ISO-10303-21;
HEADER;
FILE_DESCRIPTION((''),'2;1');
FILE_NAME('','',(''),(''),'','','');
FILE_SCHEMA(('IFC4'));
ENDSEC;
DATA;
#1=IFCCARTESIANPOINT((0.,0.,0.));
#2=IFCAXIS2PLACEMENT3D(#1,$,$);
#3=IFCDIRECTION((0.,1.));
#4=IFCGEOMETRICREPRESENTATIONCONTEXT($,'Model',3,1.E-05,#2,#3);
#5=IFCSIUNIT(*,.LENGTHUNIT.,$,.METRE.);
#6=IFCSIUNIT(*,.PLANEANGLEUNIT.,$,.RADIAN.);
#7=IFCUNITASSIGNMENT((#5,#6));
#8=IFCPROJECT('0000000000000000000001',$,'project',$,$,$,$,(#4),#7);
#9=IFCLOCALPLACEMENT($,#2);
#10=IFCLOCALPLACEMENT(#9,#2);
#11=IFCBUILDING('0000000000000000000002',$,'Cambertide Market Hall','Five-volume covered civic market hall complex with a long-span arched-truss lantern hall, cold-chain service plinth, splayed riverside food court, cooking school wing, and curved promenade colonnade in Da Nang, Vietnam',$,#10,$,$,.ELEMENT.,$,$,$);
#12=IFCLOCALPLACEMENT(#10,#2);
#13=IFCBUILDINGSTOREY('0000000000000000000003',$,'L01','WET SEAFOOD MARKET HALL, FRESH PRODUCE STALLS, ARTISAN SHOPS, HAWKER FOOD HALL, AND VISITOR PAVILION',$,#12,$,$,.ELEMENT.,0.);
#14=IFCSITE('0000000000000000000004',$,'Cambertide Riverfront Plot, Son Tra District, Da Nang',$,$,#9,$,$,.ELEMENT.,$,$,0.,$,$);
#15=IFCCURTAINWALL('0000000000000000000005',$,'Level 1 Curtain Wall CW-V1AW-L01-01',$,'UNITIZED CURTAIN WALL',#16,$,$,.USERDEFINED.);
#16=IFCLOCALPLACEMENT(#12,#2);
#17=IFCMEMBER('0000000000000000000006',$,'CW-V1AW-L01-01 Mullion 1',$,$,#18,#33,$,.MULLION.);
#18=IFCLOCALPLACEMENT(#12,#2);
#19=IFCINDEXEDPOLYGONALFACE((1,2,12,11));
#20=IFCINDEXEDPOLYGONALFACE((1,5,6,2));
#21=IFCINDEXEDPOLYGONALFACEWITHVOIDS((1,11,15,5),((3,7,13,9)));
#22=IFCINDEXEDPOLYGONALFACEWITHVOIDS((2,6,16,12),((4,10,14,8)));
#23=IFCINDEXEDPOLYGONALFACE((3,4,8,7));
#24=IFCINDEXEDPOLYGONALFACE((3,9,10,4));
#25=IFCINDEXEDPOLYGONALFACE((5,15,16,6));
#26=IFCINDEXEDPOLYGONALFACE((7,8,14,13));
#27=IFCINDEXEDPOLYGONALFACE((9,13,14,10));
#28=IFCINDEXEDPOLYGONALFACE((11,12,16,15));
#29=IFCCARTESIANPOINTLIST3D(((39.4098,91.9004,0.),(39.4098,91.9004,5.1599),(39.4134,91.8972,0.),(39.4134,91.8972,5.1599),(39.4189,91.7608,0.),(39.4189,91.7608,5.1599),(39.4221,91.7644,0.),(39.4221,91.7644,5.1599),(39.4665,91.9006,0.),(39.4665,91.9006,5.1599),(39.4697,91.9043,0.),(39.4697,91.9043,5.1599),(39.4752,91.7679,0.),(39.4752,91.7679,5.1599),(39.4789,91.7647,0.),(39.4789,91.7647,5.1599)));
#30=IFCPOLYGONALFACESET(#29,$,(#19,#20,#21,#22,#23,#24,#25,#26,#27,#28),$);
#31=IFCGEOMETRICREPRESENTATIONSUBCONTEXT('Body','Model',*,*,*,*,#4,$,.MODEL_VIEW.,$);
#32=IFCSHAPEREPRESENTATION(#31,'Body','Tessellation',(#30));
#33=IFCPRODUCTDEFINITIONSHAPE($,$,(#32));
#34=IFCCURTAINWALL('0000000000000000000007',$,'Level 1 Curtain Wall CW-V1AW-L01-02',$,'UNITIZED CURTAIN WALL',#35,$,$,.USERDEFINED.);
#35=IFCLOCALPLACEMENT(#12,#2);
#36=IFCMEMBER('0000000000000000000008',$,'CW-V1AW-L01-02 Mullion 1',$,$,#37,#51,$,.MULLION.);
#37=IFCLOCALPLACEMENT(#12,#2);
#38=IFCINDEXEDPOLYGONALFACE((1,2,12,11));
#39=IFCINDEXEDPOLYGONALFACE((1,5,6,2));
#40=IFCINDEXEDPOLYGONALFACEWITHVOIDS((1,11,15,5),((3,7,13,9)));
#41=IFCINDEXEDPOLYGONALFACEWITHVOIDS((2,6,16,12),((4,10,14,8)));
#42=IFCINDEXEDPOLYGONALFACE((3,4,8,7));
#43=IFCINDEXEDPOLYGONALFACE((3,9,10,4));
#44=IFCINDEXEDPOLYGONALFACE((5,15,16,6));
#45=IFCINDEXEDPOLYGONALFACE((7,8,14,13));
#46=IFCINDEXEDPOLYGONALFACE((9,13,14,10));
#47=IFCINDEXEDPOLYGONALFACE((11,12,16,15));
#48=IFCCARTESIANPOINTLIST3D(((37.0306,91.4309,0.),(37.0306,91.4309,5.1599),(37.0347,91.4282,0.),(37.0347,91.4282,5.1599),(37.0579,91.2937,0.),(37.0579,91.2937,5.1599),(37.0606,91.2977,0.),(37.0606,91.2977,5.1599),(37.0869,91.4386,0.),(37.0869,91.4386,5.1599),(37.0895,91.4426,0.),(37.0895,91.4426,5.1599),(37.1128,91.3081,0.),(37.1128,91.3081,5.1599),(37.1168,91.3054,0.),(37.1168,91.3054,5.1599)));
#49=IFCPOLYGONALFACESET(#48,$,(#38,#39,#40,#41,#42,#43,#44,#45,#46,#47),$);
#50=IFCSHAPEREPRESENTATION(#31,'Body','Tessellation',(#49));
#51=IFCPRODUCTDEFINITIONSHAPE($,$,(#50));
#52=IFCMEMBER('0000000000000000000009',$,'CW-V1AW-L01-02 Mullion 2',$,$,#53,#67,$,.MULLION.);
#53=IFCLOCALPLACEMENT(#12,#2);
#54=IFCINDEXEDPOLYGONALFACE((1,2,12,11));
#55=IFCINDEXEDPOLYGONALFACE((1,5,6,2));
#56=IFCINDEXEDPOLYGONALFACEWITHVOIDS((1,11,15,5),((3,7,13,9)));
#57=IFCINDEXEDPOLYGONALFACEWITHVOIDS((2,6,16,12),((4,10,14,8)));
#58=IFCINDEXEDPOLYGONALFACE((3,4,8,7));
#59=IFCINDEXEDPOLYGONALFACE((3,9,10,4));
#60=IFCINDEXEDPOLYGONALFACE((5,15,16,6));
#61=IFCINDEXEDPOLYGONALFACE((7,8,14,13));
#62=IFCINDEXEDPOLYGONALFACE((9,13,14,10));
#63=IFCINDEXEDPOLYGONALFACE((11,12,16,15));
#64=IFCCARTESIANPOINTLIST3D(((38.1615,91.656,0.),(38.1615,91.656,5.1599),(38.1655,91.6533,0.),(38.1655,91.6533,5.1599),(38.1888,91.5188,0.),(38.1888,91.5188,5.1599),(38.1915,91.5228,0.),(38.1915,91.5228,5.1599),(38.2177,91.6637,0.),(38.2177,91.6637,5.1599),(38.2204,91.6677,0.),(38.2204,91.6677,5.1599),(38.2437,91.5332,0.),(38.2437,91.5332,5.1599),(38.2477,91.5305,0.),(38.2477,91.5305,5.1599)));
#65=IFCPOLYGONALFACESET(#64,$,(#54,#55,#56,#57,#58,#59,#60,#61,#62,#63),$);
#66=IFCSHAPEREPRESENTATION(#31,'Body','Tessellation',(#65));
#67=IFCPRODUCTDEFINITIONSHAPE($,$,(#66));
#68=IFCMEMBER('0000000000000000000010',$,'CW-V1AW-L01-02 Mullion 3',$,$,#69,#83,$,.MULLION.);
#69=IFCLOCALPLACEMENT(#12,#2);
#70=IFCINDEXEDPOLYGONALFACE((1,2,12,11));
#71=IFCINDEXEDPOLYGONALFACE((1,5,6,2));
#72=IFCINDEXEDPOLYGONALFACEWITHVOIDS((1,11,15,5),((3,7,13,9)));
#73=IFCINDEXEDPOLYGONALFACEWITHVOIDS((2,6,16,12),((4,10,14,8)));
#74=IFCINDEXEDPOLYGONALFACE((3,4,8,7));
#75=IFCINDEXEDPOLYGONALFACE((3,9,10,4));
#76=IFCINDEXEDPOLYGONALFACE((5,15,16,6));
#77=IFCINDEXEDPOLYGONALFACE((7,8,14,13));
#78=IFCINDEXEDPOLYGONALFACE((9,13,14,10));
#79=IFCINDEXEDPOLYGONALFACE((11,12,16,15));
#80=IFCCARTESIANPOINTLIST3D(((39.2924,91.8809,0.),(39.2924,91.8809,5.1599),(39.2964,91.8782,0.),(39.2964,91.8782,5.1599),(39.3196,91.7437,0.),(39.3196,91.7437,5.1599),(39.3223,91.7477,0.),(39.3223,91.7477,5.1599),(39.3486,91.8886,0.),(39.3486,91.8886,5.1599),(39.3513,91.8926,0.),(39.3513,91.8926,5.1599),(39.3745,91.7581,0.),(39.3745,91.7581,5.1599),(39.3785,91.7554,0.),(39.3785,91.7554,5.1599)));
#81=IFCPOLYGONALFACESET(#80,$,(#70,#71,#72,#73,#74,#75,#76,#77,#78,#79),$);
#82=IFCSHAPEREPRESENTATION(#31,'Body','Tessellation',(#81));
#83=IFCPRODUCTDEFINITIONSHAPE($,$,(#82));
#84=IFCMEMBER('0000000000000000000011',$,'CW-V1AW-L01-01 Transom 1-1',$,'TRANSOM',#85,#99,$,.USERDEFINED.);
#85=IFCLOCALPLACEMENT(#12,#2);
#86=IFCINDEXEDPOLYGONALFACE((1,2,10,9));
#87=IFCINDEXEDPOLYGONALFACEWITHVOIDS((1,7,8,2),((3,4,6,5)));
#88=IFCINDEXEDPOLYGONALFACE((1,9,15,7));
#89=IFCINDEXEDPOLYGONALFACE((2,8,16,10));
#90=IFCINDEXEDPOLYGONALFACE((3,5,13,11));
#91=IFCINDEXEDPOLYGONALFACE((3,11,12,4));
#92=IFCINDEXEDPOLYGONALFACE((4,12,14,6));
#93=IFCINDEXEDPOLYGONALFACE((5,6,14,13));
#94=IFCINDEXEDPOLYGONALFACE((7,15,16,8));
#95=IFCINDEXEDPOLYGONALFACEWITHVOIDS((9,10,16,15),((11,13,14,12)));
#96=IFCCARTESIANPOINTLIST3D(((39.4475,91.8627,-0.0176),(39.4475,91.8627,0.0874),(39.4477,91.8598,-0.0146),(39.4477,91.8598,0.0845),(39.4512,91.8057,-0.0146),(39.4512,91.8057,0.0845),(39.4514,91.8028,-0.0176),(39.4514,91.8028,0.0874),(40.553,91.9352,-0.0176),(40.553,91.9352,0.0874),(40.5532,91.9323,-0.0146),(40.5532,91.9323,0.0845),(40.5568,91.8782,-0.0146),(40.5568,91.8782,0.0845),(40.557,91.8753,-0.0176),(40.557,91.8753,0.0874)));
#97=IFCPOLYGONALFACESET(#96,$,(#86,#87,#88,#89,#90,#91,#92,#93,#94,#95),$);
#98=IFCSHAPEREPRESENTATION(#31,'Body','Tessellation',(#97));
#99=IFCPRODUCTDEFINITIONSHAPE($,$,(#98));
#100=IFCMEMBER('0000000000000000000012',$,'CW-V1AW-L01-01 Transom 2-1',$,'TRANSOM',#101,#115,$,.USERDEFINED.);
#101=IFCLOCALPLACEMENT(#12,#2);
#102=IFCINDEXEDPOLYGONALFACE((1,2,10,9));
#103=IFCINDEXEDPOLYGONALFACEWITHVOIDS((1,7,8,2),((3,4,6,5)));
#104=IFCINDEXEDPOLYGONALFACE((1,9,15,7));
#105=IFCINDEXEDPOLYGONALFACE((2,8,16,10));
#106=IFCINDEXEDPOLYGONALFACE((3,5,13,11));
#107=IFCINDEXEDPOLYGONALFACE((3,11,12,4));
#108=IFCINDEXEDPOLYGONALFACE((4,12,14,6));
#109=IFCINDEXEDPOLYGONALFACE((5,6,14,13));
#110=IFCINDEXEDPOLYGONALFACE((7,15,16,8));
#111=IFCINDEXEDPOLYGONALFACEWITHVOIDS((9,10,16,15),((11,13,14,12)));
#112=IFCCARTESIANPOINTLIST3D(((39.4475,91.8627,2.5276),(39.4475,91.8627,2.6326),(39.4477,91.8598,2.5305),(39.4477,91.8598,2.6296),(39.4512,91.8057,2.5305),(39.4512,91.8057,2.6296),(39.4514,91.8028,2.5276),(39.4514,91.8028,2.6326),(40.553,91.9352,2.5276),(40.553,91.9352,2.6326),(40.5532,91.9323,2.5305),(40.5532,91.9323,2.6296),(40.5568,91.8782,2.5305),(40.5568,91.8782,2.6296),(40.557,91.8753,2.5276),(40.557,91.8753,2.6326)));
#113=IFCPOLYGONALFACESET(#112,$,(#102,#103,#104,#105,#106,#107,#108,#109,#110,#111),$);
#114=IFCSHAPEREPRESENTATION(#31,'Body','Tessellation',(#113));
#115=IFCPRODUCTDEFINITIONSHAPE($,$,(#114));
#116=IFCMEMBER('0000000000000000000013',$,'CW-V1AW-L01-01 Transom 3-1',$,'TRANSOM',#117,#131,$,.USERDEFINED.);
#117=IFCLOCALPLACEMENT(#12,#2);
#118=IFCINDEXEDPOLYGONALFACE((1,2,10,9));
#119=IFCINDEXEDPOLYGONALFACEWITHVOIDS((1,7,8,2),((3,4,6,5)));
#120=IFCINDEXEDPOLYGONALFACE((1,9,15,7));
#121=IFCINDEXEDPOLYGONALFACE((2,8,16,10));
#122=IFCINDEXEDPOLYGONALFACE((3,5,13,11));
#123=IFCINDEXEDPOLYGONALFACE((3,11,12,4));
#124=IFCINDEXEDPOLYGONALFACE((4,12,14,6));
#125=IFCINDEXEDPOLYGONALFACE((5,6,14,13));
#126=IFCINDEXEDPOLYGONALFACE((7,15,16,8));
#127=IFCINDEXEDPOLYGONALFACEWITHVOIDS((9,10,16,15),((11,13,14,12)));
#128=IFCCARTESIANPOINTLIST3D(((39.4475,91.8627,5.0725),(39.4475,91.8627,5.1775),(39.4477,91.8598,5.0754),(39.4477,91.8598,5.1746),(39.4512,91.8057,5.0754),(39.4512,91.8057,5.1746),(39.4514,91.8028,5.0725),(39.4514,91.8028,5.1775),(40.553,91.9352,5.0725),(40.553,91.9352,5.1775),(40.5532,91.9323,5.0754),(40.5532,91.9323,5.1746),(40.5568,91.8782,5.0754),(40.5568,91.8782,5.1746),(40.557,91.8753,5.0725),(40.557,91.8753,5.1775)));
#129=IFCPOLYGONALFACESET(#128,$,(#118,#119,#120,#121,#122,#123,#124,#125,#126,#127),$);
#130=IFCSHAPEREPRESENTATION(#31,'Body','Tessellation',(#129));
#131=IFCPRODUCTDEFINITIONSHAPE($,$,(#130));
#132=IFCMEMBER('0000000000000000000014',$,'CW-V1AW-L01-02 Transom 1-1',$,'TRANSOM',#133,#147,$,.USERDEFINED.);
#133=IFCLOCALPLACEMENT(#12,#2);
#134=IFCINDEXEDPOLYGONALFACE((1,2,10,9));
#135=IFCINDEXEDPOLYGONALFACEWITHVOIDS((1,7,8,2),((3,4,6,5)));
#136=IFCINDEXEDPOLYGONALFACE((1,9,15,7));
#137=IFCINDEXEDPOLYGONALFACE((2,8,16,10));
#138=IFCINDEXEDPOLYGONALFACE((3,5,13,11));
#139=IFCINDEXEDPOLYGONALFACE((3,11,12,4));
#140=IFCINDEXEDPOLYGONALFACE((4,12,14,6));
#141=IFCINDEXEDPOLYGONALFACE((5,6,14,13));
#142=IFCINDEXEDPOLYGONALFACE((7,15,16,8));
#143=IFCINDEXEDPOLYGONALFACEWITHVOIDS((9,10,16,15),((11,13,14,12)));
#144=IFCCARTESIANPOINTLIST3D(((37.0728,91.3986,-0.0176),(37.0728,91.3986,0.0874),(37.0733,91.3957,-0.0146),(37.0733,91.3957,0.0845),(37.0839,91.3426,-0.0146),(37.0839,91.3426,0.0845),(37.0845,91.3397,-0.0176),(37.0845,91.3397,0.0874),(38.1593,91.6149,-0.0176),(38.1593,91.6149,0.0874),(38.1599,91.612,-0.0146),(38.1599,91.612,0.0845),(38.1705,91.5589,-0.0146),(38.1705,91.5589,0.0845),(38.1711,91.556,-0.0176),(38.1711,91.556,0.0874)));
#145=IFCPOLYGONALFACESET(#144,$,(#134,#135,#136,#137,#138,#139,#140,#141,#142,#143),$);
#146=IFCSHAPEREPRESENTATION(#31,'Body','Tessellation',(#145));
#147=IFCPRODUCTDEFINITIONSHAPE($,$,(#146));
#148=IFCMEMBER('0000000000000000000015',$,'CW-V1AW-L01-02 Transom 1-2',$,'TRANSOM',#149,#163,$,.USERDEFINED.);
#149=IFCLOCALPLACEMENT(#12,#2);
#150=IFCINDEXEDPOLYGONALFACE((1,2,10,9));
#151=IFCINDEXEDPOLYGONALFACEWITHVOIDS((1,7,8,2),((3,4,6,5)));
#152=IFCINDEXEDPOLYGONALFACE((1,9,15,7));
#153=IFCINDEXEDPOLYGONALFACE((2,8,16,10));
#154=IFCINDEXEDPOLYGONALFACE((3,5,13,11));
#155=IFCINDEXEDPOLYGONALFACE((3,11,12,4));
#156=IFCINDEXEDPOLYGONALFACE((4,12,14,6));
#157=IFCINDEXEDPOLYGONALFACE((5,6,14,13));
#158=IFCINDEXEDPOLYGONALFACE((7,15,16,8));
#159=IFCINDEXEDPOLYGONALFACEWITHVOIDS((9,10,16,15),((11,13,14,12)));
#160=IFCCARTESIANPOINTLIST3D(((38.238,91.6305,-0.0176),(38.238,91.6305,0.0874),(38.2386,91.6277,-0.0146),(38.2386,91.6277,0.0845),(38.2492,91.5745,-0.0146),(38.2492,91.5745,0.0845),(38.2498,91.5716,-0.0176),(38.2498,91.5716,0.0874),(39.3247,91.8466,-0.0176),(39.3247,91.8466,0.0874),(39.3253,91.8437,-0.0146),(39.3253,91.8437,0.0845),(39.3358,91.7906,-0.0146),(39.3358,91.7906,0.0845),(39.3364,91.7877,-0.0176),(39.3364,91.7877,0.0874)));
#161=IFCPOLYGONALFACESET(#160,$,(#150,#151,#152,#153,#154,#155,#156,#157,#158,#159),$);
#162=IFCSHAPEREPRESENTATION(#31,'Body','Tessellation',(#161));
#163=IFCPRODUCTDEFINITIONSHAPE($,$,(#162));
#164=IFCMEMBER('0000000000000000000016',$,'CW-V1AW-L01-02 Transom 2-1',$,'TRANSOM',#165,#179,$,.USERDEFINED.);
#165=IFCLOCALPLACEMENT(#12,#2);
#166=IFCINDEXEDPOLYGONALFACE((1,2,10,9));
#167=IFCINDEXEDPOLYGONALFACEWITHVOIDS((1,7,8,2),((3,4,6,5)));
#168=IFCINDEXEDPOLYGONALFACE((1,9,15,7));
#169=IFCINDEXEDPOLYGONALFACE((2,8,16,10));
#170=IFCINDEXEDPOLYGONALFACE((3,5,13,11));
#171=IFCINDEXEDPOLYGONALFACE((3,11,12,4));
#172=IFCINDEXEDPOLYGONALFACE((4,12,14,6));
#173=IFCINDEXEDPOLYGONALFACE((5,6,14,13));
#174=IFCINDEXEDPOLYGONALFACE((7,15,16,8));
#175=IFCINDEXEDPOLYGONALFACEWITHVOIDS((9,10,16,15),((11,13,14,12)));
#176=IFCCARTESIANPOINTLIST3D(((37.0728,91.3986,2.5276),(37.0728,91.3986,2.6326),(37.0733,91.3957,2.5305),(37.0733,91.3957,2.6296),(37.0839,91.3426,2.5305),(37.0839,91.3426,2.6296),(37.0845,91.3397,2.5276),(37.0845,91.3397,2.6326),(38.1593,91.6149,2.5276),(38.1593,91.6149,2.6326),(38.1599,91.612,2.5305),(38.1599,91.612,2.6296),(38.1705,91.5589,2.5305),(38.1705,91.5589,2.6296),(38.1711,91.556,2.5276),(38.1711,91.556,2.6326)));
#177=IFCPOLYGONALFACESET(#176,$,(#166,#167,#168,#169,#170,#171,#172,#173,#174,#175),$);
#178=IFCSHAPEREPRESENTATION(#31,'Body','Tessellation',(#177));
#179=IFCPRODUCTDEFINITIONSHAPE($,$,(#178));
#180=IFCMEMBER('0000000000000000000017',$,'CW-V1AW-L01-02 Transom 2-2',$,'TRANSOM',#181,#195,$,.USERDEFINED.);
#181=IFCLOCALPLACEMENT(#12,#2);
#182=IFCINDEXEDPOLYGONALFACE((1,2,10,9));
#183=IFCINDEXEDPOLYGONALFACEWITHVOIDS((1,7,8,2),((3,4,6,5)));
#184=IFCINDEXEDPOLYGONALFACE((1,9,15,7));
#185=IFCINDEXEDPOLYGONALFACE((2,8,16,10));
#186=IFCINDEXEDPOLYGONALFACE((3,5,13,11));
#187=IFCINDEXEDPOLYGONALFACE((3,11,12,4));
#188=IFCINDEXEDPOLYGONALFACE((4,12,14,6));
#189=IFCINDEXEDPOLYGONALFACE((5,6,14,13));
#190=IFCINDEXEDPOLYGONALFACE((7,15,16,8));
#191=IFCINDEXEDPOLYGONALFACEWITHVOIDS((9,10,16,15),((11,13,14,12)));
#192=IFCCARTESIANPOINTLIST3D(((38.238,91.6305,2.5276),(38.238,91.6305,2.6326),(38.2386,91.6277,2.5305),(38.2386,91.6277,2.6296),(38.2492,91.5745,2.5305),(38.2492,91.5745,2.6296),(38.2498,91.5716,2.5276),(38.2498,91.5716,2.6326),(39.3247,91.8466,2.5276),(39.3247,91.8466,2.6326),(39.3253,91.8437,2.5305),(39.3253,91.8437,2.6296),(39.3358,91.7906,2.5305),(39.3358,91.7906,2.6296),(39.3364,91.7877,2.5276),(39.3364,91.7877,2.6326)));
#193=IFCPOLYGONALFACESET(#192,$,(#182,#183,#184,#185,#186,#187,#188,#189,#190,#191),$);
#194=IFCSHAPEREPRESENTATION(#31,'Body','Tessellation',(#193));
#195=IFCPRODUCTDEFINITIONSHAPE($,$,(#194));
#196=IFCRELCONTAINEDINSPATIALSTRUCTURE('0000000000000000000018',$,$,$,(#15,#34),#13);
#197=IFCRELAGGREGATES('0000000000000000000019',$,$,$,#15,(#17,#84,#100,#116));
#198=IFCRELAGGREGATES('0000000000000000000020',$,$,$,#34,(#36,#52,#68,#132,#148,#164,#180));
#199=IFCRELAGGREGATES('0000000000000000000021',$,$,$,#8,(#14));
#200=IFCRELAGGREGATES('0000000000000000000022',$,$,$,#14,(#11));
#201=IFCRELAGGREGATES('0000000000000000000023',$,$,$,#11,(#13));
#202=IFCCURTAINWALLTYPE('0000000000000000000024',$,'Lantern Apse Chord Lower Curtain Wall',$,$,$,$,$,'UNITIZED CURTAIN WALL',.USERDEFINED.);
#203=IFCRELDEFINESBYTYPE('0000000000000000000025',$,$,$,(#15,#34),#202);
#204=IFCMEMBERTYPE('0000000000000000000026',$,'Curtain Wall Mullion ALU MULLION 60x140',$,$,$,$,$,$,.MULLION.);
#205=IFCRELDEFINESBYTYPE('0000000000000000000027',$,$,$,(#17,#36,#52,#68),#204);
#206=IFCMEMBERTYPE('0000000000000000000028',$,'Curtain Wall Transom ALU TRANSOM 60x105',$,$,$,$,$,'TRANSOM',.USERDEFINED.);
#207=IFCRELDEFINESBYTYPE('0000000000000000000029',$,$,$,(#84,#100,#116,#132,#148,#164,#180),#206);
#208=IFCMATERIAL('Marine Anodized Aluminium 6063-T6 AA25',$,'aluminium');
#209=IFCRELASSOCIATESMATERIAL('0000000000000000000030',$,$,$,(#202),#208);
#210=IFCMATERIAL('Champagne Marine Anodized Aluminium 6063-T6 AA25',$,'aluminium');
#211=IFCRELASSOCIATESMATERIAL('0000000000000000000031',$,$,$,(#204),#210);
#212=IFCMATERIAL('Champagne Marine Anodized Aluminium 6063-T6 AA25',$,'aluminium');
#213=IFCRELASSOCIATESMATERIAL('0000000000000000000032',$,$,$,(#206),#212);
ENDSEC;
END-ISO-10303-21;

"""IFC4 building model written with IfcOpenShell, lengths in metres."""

from ifc_helpers import new_model, si_unit, direction, frame, origin, origin_2d, place, context, subcontext, project, spatial, hollow_rectangle, extrude, material, material_profile, profile_set, type_object, element, aggregate, save


model = new_model("IFC4")

# Units and contexts
model_context = context("Model", 3, precision=1e-05, world=origin(), true_north=direction((0.0, 1.0)))
body_context = subcontext(model_context, "Body", "Model", "MODEL_VIEW")
ifc_project = project(units=[si_unit("LENGTHUNIT", "METRE"), si_unit("PLANEANGLEUNIT", "RADIAN")], contexts=[model_context])

# Site, building, storey
site_placement = place(None, origin())
site = spatial("IfcSite", under=ifc_project, at=site_placement, Name="Cambertide Riverfront Plot, Son Tra District, Da Nang", CompositionType="ELEMENT", RefElevation=0.0)
building_placement = place(site_placement, origin())
building = spatial("IfcBuilding", under=site, at=building_placement, Name="Cambertide Market Hall", Description="Five-volume covered civic market hall complex with a long-span arched-truss lantern hall, cold-chain service plinth, splayed riverside food court, cooking school wing, and curved promenade colonnade in Da Nang, Vietnam", CompositionType="ELEMENT")
storey_placement = place(building_placement, origin())
storey = spatial("IfcBuildingStorey", under=building, at=storey_placement, Name="L01", Description="WET SEAFOOD MARKET HALL, FRESH PRODUCE STALLS, ARTISAN SHOPS, HAWKER FOOD HALL, AND VISITOR PAVILION", CompositionType="ELEMENT", Elevation=0.0)

# Curtain wall, member
ifc_material_1 = material(Name="Marine Anodized Aluminium 6063-T6 AA25", Category="aluminium")
curtain_wall_type = type_object("IfcCurtainWallType", Name="Lantern Apse Chord Lower Curtain Wall", ElementType="UNITIZED CURTAIN WALL", PredefinedType="USERDEFINED", material=ifc_material_1)
curtain_wall_1_placement = place(storey_placement, origin())
curtain_wall_1 = element("IfcCurtainWall", 1, at=curtain_wall_1_placement, inside=storey, type_object=curtain_wall_type, Name="Level 1 Curtain Wall CW-V1AW-L01-01", ObjectType="UNITIZED CURTAIN WALL", PredefinedType="USERDEFINED")
ifc_material_2 = material(Name="Champagne Marine Anodized Aluminium 6063-T6 AA25", Category="aluminium")
ifc_material_profile_1 = material_profile(ifc_material_2, hollow_rectangle(XDim=0.0601, YDim=0.1399, WallThickness=0.0034, at=origin_2d()), Name="ALU MULLION 60x140")
ifc_profile_set_1 = profile_set([ifc_material_profile_1], Name="Champagne Marine Anodized Aluminium 6063-T6 AA25")
member_type_1 = type_object("IfcMemberType", Name="Curtain Wall Mullion ALU MULLION 60x140", PredefinedType="MULLION", material=ifc_profile_set_1)
member_1_placement = place(storey_placement, frame((39.4443, 91.8325, 0.0), z_axis=(0.0, 0.0, 1.0), x_axis=(0.997859, 0.065403, 0.0)))
member_1 = element("IfcMember", 2, at=member_1_placement, type_object=member_type_1, Name="CW-V1AW-L01-01 Mullion 1", PredefinedType="MULLION", context=body_context, shape_type="SweptSolid", body=[
    extrude(hollow_rectangle(XDim=0.0601, YDim=0.1399, WallThickness=0.0034, at=origin_2d()), origin(), (0.0, 0.0, 1.0), 5.1599),
])

# Curtain wall, members
curtain_wall_2_placement = place(storey_placement, origin())
curtain_wall_2 = element("IfcCurtainWall", 3, at=curtain_wall_2_placement, inside=storey, type_object=curtain_wall_type, Name="Level 1 Curtain Wall CW-V1AW-L01-02", ObjectType="UNITIZED CURTAIN WALL", PredefinedType="USERDEFINED")
member_2_placement = place(storey_placement, frame((37.0737, 91.3682, 0.0), z_axis=(0.0, 0.0, 1.0), x_axis=(0.980785, 0.19509, 0.0)))
member_2 = element("IfcMember", 4, at=member_2_placement, type_object=member_type_1, Name="CW-V1AW-L01-02 Mullion 1", PredefinedType="MULLION", context=body_context, shape_type="SweptSolid", body=[
    extrude(hollow_rectangle(XDim=0.0601, YDim=0.1399, WallThickness=0.0034, at=origin_2d()), origin(), (0.0, 0.0, 1.0), 5.1599),
])
member_3_placement = place(storey_placement, frame((38.2046, 91.5933, 0.0), z_axis=(0.0, 0.0, 1.0), x_axis=(0.980785, 0.19509, 0.0)))
member_3 = element("IfcMember", 5, at=member_3_placement, type_object=member_type_1, Name="CW-V1AW-L01-02 Mullion 2", PredefinedType="MULLION", context=body_context, shape_type="SweptSolid", body=[
    extrude(hollow_rectangle(XDim=0.0601, YDim=0.1399, WallThickness=0.0034, at=origin_2d()), origin(), (0.0, 0.0, 1.0), 5.1599),
])
member_4_placement = place(storey_placement, frame((39.3354, 91.8181, 0.0), z_axis=(0.0, 0.0, 1.0), x_axis=(0.980785, 0.19509, 0.0)))
member_4 = element("IfcMember", 6, at=member_4_placement, type_object=member_type_1, Name="CW-V1AW-L01-02 Mullion 3", PredefinedType="MULLION", context=body_context, shape_type="SweptSolid", body=[
    extrude(hollow_rectangle(XDim=0.0601, YDim=0.1399, WallThickness=0.0034, at=origin_2d()), origin(), (0.0, 0.0, 1.0), 5.1599),
])

# Members
ifc_material_3 = material(Name="Champagne Marine Anodized Aluminium 6063-T6 AA25", Category="aluminium")
ifc_material_profile_2 = material_profile(ifc_material_3, hollow_rectangle(XDim=0.0601, YDim=0.105, WallThickness=0.0029, at=origin_2d()), Name="ALU TRANSOM 60x105")
ifc_profile_set_2 = profile_set([ifc_material_profile_2], Name="Champagne Marine Anodized Aluminium 6063-T6 AA25")
member_type_2 = type_object("IfcMemberType", Name="Curtain Wall Transom ALU TRANSOM 60x105", ElementType="TRANSOM", PredefinedType="USERDEFINED", material=ifc_profile_set_2)
member_5_placement = place(storey_placement, frame((39.4495, 91.8328, 0.0349), z_axis=(0.997856, 0.065451, 0.0), x_axis=(-0.065451, 0.997856, 0.0)))
member_5 = element("IfcMember", 7, at=member_5_placement, type_object=member_type_2, Name="CW-V1AW-L01-01 Transom 1-1", ObjectType="TRANSOM", PredefinedType="USERDEFINED", context=body_context, shape_type="SweptSolid", body=[
    extrude(hollow_rectangle(XDim=0.0601, YDim=0.105, WallThickness=0.0029, at=origin_2d()), origin(), (0.0, 0.0, 1.0), 1.1079),
])
member_6_placement = place(storey_placement, frame((39.4495, 91.8328, 2.5801), z_axis=(0.997856, 0.065451, 0.0), x_axis=(-0.065451, 0.997856, 0.0)))
member_6 = element("IfcMember", 8, at=member_6_placement, type_object=member_type_2, Name="CW-V1AW-L01-01 Transom 2-1", ObjectType="TRANSOM", PredefinedType="USERDEFINED", context=body_context, shape_type="SweptSolid", body=[
    extrude(hollow_rectangle(XDim=0.0601, YDim=0.105, WallThickness=0.0029, at=origin_2d()), origin(), (0.0, 0.0, 1.0), 1.1079),
])
member_7_placement = place(storey_placement, frame((39.4495, 91.8328, 5.125), z_axis=(0.997856, 0.065451, 0.0), x_axis=(-0.065451, 0.997856, 0.0)))
member_7 = element("IfcMember", 9, at=member_7_placement, type_object=member_type_2, Name="CW-V1AW-L01-01 Transom 3-1", ObjectType="TRANSOM", PredefinedType="USERDEFINED", context=body_context, shape_type="SweptSolid", body=[
    extrude(hollow_rectangle(XDim=0.0601, YDim=0.105, WallThickness=0.0029, at=origin_2d()), origin(), (0.0, 0.0, 1.0), 1.1079),
])
member_8_placement = place(storey_placement, frame((37.0786, 91.3691, 0.0349), z_axis=(0.980758, 0.195226, 0.0), x_axis=(-0.195226, 0.980758, 0.0)))
member_8 = element("IfcMember", 10, at=member_8_placement, type_object=member_type_2, Name="CW-V1AW-L01-02 Transom 1-1", ObjectType="TRANSOM", PredefinedType="USERDEFINED", context=body_context, shape_type="SweptSolid", body=[
    extrude(hollow_rectangle(XDim=0.0601, YDim=0.105, WallThickness=0.0029, at=origin_2d()), origin(), (0.0, 0.0, 1.0), 1.1079),
])
member_9_placement = place(storey_placement, frame((38.2439, 91.6011, 0.0349), z_axis=(0.9808, 0.195014, 0.0), x_axis=(-0.195014, 0.9808, 0.0)))
member_9 = element("IfcMember", 11, at=member_9_placement, type_object=member_type_2, Name="CW-V1AW-L01-02 Transom 1-2", ObjectType="TRANSOM", PredefinedType="USERDEFINED", context=body_context, shape_type="SweptSolid", body=[
    extrude(hollow_rectangle(XDim=0.0601, YDim=0.105, WallThickness=0.0029, at=origin_2d()), origin(), (0.0, 0.0, 1.0), 1.1079),
])
member_10_placement = place(storey_placement, frame((37.0786, 91.3691, 2.5801), z_axis=(0.980758, 0.195226, 0.0), x_axis=(-0.195226, 0.980758, 0.0)))
member_10 = element("IfcMember", 12, at=member_10_placement, type_object=member_type_2, Name="CW-V1AW-L01-02 Transom 2-1", ObjectType="TRANSOM", PredefinedType="USERDEFINED", context=body_context, shape_type="SweptSolid", body=[
    extrude(hollow_rectangle(XDim=0.0601, YDim=0.105, WallThickness=0.0029, at=origin_2d()), origin(), (0.0, 0.0, 1.0), 1.1079),
])
member_11_placement = place(storey_placement, frame((38.2439, 91.6011, 2.5801), z_axis=(0.9808, 0.195014, 0.0), x_axis=(-0.195014, 0.9808, 0.0)))
member_11 = element("IfcMember", 13, at=member_11_placement, type_object=member_type_2, Name="CW-V1AW-L01-02 Transom 2-2", ObjectType="TRANSOM", PredefinedType="USERDEFINED", context=body_context, shape_type="SweptSolid", body=[
    extrude(hollow_rectangle(XDim=0.0601, YDim=0.105, WallThickness=0.0029, at=origin_2d()), origin(), (0.0, 0.0, 1.0), 1.1079),
])

aggregate(curtain_wall_1, [member_1, member_5, member_6, member_7])
aggregate(curtain_wall_2, [member_2, member_3, member_4, member_8, member_9, member_10, member_11])

save(model, "model.ifc")
